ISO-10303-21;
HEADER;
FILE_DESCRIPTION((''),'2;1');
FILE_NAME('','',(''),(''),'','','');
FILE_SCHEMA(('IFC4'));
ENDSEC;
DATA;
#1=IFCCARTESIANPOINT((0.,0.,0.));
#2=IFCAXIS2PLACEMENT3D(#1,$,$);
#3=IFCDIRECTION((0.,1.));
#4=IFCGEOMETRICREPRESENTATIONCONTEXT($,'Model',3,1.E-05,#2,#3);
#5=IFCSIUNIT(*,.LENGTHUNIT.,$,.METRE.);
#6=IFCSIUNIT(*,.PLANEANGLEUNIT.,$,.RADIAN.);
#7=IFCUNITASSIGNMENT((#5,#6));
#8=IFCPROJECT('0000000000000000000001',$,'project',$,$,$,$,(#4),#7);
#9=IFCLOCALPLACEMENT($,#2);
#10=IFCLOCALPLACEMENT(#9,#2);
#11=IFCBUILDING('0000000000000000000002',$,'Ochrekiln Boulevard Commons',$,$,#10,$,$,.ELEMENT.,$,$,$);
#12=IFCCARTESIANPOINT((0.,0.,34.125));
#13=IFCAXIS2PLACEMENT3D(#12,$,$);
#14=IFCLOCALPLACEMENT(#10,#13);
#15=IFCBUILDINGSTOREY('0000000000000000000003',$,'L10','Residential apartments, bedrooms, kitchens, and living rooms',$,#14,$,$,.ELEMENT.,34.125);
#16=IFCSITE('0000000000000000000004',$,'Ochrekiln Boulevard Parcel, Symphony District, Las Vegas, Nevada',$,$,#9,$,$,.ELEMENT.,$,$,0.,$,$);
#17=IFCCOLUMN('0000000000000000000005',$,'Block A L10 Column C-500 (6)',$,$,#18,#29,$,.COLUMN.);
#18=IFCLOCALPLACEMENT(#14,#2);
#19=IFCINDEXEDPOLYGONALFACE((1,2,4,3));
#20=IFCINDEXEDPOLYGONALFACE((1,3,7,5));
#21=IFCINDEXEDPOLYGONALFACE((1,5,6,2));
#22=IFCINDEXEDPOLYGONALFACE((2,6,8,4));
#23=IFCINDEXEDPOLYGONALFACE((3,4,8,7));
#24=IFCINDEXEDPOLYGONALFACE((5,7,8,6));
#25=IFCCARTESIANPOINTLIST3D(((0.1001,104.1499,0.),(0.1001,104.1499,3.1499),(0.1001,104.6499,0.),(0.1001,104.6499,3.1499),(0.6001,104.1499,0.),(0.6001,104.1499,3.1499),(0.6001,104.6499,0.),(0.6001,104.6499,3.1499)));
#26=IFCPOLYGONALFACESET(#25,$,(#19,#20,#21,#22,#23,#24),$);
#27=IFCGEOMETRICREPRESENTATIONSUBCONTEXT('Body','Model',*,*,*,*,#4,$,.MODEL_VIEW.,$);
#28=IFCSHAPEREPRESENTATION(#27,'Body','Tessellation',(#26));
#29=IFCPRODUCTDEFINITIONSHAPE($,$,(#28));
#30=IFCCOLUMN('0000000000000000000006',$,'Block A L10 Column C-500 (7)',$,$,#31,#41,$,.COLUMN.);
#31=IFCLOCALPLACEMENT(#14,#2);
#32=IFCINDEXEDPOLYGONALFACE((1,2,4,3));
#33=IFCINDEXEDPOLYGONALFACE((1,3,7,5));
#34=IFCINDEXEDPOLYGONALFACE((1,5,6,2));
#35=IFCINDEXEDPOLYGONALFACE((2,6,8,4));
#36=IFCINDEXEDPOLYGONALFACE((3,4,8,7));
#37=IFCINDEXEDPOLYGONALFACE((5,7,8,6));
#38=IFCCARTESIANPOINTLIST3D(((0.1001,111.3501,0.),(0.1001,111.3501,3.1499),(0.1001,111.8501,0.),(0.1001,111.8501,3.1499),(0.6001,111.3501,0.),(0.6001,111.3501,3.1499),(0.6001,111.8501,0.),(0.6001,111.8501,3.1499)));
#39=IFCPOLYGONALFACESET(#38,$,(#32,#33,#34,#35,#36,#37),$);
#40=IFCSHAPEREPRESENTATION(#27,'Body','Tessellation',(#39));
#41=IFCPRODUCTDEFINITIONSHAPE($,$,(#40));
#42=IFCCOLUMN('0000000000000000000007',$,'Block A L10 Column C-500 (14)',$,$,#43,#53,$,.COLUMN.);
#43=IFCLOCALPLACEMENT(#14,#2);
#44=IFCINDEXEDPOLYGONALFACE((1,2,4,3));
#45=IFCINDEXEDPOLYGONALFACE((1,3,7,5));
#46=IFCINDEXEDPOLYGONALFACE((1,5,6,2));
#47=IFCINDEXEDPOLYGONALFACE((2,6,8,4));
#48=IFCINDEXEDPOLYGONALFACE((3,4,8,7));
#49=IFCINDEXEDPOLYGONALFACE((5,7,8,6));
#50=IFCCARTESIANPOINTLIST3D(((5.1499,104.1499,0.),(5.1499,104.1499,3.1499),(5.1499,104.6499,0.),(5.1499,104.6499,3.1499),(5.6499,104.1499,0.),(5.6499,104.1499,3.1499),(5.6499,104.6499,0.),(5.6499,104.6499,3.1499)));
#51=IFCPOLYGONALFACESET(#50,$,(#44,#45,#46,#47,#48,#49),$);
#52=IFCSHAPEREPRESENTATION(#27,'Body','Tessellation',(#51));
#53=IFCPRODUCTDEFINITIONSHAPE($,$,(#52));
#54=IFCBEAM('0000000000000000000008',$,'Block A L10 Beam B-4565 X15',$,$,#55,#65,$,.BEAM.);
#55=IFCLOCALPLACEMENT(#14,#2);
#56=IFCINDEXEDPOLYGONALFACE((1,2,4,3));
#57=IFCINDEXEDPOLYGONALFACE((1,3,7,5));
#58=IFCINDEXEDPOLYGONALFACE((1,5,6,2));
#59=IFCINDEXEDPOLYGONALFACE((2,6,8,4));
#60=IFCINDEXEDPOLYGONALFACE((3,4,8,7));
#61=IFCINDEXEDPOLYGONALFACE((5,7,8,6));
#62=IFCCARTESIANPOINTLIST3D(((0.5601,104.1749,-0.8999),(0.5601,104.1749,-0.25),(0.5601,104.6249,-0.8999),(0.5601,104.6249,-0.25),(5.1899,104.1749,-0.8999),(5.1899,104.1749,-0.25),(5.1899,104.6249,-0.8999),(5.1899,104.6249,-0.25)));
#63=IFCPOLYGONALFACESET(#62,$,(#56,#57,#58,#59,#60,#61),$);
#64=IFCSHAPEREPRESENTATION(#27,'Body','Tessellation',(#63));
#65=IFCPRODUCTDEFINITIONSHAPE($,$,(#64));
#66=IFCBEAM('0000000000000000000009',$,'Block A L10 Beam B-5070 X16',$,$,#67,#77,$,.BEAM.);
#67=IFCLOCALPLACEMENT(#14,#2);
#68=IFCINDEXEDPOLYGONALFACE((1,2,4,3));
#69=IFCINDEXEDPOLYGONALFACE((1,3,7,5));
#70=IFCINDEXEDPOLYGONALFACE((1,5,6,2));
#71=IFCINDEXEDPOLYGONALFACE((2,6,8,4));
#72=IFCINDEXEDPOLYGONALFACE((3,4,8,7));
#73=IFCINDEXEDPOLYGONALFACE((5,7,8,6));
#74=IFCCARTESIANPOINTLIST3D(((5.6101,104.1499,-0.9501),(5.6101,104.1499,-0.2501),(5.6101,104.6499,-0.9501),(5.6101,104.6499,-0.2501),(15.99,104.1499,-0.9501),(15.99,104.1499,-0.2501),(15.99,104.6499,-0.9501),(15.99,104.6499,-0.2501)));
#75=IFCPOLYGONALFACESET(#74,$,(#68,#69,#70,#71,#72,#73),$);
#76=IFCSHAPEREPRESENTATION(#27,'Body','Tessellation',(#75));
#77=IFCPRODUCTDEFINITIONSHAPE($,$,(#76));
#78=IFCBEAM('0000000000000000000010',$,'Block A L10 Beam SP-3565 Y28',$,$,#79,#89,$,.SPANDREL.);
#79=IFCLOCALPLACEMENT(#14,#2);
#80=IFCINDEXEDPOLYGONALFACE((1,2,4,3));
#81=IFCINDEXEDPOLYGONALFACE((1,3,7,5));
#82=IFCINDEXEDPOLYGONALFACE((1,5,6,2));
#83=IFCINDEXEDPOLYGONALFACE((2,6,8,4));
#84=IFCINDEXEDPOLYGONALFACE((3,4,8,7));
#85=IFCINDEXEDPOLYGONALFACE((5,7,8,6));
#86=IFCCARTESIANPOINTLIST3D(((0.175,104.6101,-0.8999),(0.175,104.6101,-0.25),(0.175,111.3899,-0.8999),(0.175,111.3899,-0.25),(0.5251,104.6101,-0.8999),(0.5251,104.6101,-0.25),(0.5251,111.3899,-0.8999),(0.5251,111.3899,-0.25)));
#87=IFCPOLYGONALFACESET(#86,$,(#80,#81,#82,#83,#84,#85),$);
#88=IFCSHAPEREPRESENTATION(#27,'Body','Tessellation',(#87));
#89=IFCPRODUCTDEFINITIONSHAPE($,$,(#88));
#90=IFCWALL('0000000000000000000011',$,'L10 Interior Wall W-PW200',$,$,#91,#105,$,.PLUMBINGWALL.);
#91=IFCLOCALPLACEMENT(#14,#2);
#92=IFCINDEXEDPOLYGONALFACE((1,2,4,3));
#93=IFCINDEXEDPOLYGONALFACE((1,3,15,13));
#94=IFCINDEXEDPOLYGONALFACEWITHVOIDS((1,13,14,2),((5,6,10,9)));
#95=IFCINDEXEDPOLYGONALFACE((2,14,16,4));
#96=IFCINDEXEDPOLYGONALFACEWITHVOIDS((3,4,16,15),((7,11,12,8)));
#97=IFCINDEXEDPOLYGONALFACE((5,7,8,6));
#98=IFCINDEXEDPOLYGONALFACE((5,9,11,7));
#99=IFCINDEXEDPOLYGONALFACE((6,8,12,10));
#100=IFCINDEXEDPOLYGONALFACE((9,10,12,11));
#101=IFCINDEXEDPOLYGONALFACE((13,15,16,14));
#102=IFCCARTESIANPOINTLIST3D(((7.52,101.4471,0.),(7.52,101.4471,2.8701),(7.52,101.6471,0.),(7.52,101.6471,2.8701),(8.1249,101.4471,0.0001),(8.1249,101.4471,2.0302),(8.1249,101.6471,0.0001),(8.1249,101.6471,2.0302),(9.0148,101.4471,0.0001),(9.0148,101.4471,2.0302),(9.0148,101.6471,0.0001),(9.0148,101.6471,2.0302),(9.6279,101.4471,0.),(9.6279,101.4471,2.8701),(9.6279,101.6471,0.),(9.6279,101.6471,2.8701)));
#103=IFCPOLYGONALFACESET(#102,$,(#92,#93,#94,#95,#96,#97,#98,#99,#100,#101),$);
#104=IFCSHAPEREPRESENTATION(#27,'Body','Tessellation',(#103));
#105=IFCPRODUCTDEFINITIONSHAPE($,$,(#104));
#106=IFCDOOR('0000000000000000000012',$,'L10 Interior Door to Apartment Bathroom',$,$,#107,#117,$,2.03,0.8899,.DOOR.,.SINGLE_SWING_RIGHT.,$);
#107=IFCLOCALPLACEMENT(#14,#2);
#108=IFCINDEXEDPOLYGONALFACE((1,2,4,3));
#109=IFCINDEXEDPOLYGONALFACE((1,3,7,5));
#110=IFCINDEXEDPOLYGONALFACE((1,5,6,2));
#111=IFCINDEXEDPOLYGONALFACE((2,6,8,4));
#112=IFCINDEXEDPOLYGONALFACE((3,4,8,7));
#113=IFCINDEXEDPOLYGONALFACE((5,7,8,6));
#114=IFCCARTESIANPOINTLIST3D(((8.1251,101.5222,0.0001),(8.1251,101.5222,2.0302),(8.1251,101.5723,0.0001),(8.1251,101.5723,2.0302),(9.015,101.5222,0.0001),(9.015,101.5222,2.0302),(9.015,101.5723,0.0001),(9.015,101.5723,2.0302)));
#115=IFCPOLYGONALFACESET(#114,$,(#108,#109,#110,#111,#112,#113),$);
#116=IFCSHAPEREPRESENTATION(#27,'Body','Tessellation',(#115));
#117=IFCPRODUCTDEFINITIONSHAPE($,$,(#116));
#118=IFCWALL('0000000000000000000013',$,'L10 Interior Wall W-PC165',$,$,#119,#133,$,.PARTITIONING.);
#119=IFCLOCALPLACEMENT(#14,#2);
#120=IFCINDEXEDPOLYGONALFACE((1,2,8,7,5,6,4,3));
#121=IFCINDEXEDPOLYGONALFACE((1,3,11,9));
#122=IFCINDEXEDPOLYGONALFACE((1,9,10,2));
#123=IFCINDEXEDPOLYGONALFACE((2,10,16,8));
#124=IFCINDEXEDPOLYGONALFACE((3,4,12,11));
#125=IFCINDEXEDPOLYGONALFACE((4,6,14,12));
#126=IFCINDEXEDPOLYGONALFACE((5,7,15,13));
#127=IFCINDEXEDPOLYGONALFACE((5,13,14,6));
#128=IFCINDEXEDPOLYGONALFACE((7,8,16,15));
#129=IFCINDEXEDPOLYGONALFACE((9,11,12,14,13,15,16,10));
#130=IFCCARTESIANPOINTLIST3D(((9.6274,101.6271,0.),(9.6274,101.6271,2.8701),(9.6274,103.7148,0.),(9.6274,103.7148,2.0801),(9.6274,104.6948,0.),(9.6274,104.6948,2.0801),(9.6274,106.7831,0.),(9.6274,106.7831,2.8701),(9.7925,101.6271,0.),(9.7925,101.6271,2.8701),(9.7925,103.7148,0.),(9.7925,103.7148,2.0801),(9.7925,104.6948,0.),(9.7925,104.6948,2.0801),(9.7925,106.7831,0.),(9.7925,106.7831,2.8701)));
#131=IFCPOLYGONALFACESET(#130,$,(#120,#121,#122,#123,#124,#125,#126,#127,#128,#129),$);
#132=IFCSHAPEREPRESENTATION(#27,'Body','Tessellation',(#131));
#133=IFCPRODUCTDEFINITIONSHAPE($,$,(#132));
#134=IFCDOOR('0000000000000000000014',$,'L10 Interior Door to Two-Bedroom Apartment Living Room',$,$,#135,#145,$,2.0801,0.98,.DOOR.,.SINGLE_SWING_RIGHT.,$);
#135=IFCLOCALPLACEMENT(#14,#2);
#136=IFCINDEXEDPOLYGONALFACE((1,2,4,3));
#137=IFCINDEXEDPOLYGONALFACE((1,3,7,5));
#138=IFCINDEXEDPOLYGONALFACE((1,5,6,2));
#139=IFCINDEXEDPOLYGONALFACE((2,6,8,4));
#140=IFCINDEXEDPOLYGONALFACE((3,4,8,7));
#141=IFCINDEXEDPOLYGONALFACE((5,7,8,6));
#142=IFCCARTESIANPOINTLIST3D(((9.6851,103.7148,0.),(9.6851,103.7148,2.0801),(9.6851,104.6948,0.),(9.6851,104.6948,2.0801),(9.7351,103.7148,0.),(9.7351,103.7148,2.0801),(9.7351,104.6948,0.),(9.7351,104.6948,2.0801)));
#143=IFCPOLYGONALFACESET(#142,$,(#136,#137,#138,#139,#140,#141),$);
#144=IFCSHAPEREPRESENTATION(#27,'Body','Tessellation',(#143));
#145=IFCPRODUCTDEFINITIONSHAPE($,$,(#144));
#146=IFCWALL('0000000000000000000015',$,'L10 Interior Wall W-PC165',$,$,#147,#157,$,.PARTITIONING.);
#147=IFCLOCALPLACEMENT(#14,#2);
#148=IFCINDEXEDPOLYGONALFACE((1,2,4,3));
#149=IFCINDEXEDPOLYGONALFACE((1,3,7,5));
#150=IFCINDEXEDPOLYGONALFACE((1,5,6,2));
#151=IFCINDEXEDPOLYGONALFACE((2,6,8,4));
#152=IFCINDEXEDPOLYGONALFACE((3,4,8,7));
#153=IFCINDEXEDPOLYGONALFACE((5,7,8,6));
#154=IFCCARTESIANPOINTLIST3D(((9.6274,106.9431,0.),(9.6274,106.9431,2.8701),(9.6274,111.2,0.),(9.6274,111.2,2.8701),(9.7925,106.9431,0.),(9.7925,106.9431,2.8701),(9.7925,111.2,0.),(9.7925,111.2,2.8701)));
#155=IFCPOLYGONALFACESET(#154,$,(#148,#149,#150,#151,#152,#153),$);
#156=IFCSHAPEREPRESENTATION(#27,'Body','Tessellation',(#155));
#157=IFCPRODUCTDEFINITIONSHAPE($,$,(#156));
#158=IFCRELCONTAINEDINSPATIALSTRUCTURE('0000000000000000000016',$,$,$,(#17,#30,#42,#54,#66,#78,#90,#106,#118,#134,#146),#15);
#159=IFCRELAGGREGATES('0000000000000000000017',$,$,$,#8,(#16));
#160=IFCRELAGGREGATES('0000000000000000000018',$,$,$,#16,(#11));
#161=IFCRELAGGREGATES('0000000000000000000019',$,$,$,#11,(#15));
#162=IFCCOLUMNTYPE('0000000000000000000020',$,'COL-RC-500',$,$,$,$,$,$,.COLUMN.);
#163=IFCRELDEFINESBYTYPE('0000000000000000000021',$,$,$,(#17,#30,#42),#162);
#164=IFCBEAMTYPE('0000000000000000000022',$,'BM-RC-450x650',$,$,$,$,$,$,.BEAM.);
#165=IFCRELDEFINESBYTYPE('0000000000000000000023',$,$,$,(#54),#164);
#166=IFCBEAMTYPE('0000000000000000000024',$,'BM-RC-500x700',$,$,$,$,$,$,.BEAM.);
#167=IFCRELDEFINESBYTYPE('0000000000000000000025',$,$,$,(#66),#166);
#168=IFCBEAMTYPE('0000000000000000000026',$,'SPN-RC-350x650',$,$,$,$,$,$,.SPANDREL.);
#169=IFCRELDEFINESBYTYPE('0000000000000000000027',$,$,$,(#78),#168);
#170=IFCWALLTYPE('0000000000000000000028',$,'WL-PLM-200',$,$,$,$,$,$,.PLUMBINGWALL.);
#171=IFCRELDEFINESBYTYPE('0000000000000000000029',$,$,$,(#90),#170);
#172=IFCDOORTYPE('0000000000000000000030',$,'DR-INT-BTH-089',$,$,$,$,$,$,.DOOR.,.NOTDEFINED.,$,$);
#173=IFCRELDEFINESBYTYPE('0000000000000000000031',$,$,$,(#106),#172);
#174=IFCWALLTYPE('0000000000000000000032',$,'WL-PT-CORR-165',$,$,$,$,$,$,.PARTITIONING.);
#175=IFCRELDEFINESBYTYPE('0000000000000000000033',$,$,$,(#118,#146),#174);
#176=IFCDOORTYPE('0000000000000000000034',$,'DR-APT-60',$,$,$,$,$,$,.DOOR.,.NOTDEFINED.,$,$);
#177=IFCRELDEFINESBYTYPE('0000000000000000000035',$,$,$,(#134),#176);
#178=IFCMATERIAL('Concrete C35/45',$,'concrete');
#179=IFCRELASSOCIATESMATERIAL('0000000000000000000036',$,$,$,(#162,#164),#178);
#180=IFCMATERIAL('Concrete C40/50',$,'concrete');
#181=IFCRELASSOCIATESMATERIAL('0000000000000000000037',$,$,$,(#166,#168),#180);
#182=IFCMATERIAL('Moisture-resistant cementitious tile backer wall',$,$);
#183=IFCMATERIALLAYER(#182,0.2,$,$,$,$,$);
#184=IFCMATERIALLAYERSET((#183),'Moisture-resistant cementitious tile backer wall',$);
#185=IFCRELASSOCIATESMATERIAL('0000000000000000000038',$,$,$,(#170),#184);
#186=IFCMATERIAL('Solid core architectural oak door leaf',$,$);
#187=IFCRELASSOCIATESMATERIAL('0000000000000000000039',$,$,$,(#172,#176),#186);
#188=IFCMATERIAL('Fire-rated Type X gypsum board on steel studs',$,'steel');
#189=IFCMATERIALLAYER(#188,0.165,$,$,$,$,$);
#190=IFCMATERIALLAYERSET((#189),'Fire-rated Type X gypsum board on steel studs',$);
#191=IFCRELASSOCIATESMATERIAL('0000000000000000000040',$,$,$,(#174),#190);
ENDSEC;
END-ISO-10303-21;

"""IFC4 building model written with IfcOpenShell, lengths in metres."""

from ifc_helpers import new_model, si_unit, direction, frame, frame_2d, origin, origin_2d, place, context, subcontext, project, spatial, rectangle, extrude, material, layer, layer_set, material_profile, profile_set, type_object, element, fill, save


model = new_model("IFC4")

# Units and contexts
model_context = context("Model", 3, precision=1e-05, world=origin(), true_north=direction((0.0, 1.0)))
body_context = subcontext(model_context, "Body", "Model", "MODEL_VIEW")
ifc_project = project(units=[si_unit("LENGTHUNIT", "METRE"), si_unit("PLANEANGLEUNIT", "RADIAN")], contexts=[model_context])

# Site, building, storey
site_placement = place(None, origin())
site = spatial("IfcSite", under=ifc_project, at=site_placement, Name="Ochrekiln Boulevard Parcel, Symphony District, Las Vegas, Nevada", CompositionType="ELEMENT", RefElevation=0.0)
building_placement = place(site_placement, origin())
building = spatial("IfcBuilding", under=site, at=building_placement, Name="Ochrekiln Boulevard Commons", CompositionType="ELEMENT")
storey_placement = place(building_placement, frame((0.0, 0.0, 34.125)))
storey = spatial("IfcBuildingStorey", under=building, at=storey_placement, Name="L10", Description="Residential apartments, bedrooms, kitchens, and living rooms", CompositionType="ELEMENT", Elevation=34.125)

# Columns
ifc_material_1 = material(Name="Concrete C35/45", Category="concrete")
ifc_material_profile_1 = material_profile(ifc_material_1, rectangle(XDim=0.5, YDim=0.5, at=origin_2d()), Name="RC-COL-500x500")
ifc_profile_set_1 = profile_set([ifc_material_profile_1], Name="Concrete C35/45")
column_type = type_object("IfcColumnType", Name="COL-RC-500", PredefinedType="COLUMN", material=ifc_profile_set_1)
for number, where, z_axis, x_axis, name in (
    (1, (0.3501, 104.3999, 0.0), (0.0, 0.0, 1.0), (1.0, 0.0, 0.0), "Block A L10 Column C-500 (6)"),
    (2, (0.3501, 111.6001, 0.0), (0.0, 0.0, 1.0), (1.0, 0.0, 0.0), "Block A L10 Column C-500 (7)"),
    (3, (5.3999, 104.3999, 0.0), (0.0, 0.0, 1.0), (1.0, 0.0, 0.0), "Block A L10 Column C-500 (14)"),
):
    element("IfcColumn", number, at=place(storey_placement, frame(where, z_axis=z_axis, x_axis=x_axis)), inside=storey, type_object=column_type, Name=name, PredefinedType="COLUMN", context=body_context, shape_type="SweptSolid", body=[
        extrude(rectangle(XDim=0.5, YDim=0.5, at=origin_2d()), origin(), (0.0, 0.0, 1.0), 3.1499),
    ])

# Beams
ifc_material_profile_2 = material_profile(ifc_material_1, rectangle(XDim=0.45, YDim=0.6499, at=origin_2d()), Name="RC-BM-450x650")
ifc_profile_set_2 = profile_set([ifc_material_profile_2], Name="Concrete C35/45")
beam_type_1 = type_object("IfcBeamType", Name="BM-RC-450x650", PredefinedType="BEAM", material=ifc_profile_set_2)
beam_1_placement = place(storey_placement, frame((0.5601, 104.3999, -0.575), z_axis=(1.0, 0.0, 0.0), x_axis=(0.0, 1.0, 0.0)))
element("IfcBeam", 4, at=beam_1_placement, inside=storey, type_object=beam_type_1, Name="Block A L10 Beam B-4565 X15", PredefinedType="BEAM", context=body_context, shape_type="SweptSolid", body=[
    extrude(rectangle(XDim=0.45, YDim=0.6499, at=origin_2d()), origin(), (0.0, 0.0, 1.0), 4.6299),
])
ifc_material_2 = material(Name="Concrete C40/50", Category="concrete")
ifc_material_profile_3 = material_profile(ifc_material_2, rectangle(XDim=0.5, YDim=0.7, at=origin_2d()), Name="RC-BM-500x700")
ifc_profile_set_3 = profile_set([ifc_material_profile_3], Name="Concrete C40/50")
beam_type_2 = type_object("IfcBeamType", Name="BM-RC-500x700", PredefinedType="BEAM", material=ifc_profile_set_3)
beam_2_placement = place(storey_placement, frame((5.6101, 104.3999, -0.6001), z_axis=(1.0, 0.0, 0.0), x_axis=(0.0, 1.0, 0.0)))
element("IfcBeam", 5, at=beam_2_placement, inside=storey, type_object=beam_type_2, Name="Block A L10 Beam B-5070 X16", PredefinedType="BEAM", context=body_context, shape_type="SweptSolid", body=[
    extrude(rectangle(XDim=0.5, YDim=0.7, at=origin_2d()), origin(), (0.0, 0.0, 1.0), 10.3799),
])
ifc_material_profile_4 = material_profile(ifc_material_2, rectangle(XDim=0.3501, YDim=0.6499, at=origin_2d()), Name="RC-SPN-350x650")
ifc_profile_set_4 = profile_set([ifc_material_profile_4], Name="Concrete C40/50")
beam_type_3 = type_object("IfcBeamType", Name="SPN-RC-350x650", PredefinedType="SPANDREL", material=ifc_profile_set_4)
beam_3_placement = place(storey_placement, frame((0.3501, 104.6101, -0.575), z_axis=(0.0, 1.0, 0.0), x_axis=(-1.0, 0.0, 0.0)))
element("IfcBeam", 6, at=beam_3_placement, inside=storey, type_object=beam_type_3, Name="Block A L10 Beam SP-3565 Y28", PredefinedType="SPANDREL", context=body_context, shape_type="SweptSolid", body=[
    extrude(rectangle(XDim=0.3501, YDim=0.6499, at=origin_2d()), origin(), (0.0, 0.0, 1.0), 6.7798),
])

# Walls, openings, doors
ifc_material_3 = material(Name="Moisture-resistant cementitious tile backer wall")
ifc_layer_1 = layer(ifc_material_3, 0.2)
ifc_layer_set_1 = layer_set([ifc_layer_1], Name="Moisture-resistant cementitious tile backer wall")
wall_type_1 = type_object("IfcWallType", Name="WL-PLM-200", PredefinedType="PLUMBINGWALL", material=ifc_layer_set_1)
wall_1_placement = place(storey_placement, frame((7.52, 101.5471, 0.0), z_axis=(0.0, 0.0, 1.0), x_axis=(1.0, 0.0, 0.0)))
wall_1 = element("IfcWall", 7, at=wall_1_placement, inside=storey, type_object=wall_type_1, Name="L10 Interior Wall W-PW200", PredefinedType="PLUMBINGWALL", context=body_context, shape_type="SweptSolid", body=[
    extrude(rectangle(XDim=2.1079, YDim=0.2, at=frame_2d((1.054, 0.0))), origin(), (0.0, 0.0, 1.0), 2.8701),
])
opening_1_placement = place(wall_1_placement, frame((0.605, 0.0, 0.0)))
opening_1 = element("IfcOpeningElement", 8, at=opening_1_placement, cuts=wall_1, PredefinedType="OPENING", context=body_context, shape_type="SweptSolid", body=[
    extrude(rectangle(XDim=0.8899, YDim=2.03, at=frame_2d((0.4448, 1.0151))), frame((0.0, 0.1099, 0.0), z_axis=(0.0, -1.0, 0.0), x_axis=(1.0, 0.0, 0.0)), (0.0, 0.0, 1.0), 0.22),
])
ifc_material_4 = material(Name="Solid core architectural oak door leaf")
door_type_1 = type_object("IfcDoorType", Name="DR-INT-BTH-089", OperationType="NOTDEFINED", PredefinedType="DOOR", material=ifc_material_4)
door_1_placement = place(opening_1_placement, frame((0.8899, 0.0, 0.0), z_axis=(0.0, 0.0, 1.0), x_axis=(-1.0, 0.0, 0.0)))
door_1 = element("IfcDoor", 9, at=door_1_placement, inside=storey, type_object=door_type_1, Name="L10 Interior Door to Apartment Bathroom", OperationType="SINGLE_SWING_RIGHT", OverallHeight=2.03, OverallWidth=0.8899, PredefinedType="DOOR", context=body_context, shape_type="SweptSolid", body=[
    extrude(rectangle(XDim=0.8899, YDim=2.03, at=frame_2d((0.4448, 1.0151))), frame((0.0, 0.0249, 0.0), z_axis=(0.0, -1.0, 0.0), x_axis=(1.0, 0.0, 0.0)), (0.0, 0.0, 1.0), 0.05),
])
fill(opening_1, door_1)
ifc_material_5 = material(Name="Fire-rated Type X gypsum board on steel studs", Category="steel")
ifc_layer_2 = layer(ifc_material_5, 0.165)
ifc_layer_set_2 = layer_set([ifc_layer_2], Name="Fire-rated Type X gypsum board on steel studs")
wall_type_2 = type_object("IfcWallType", Name="WL-PT-CORR-165", PredefinedType="PARTITIONING", material=ifc_layer_set_2)
wall_2_placement = place(storey_placement, frame((9.71, 101.627, 0.0), z_axis=(0.0, 0.0, 1.0), x_axis=(0.0, 1.0, 0.0)))
wall_2 = element("IfcWall", 10, at=wall_2_placement, inside=storey, type_object=wall_type_2, Name="L10 Interior Wall W-PC165", PredefinedType="PARTITIONING", context=body_context, shape_type="SweptSolid", body=[
    extrude(rectangle(XDim=5.156, YDim=0.165, at=frame_2d((2.5781, 0.0))), origin(), (0.0, 0.0, 1.0), 2.8701),
])
opening_2_placement = place(wall_2_placement, frame((2.0879, 0.0, 0.0)))
opening_2 = element("IfcOpeningElement", 11, at=opening_2_placement, cuts=wall_2, PredefinedType="OPENING", context=body_context, shape_type="SweptSolid", body=[
    extrude(rectangle(XDim=0.98, YDim=2.0801, at=frame_2d((0.49, 1.04))), frame((0.0, 0.0925, 0.0), z_axis=(0.0, -1.0, 0.0), x_axis=(1.0, 0.0, 0.0)), (0.0, 0.0, 1.0), 0.1851),
])
door_type_2 = type_object("IfcDoorType", Name="DR-APT-60", OperationType="NOTDEFINED", PredefinedType="DOOR", material=ifc_material_4)
door_2_placement = place(opening_2_placement, origin())
door_2 = element("IfcDoor", 12, at=door_2_placement, inside=storey, type_object=door_type_2, Name="L10 Interior Door to Two-Bedroom Apartment Living Room", OperationType="SINGLE_SWING_RIGHT", OverallHeight=2.0801, OverallWidth=0.98, PredefinedType="DOOR", context=body_context, shape_type="SweptSolid", body=[
    extrude(rectangle(XDim=0.98, YDim=2.0801, at=frame_2d((0.49, 1.04))), frame((0.0, 0.0249, 0.0), z_axis=(0.0, -1.0, 0.0), x_axis=(1.0, 0.0, 0.0)), (0.0, 0.0, 1.0), 0.05),
])
fill(opening_2, door_2)

# Wall
wall_3_placement = place(storey_placement, frame((9.71, 106.9431, 0.0), z_axis=(0.0, 0.0, 1.0), x_axis=(0.0, 1.0, 0.0)))
element("IfcWall", 13, at=wall_3_placement, inside=storey, type_object=wall_type_2, Name="L10 Interior Wall W-PC165", PredefinedType="PARTITIONING", context=body_context, shape_type="SweptSolid", body=[
    extrude(rectangle(XDim=4.2568, YDim=0.165, at=frame_2d((2.1284, 0.0))), origin(), (0.0, 0.0, 1.0), 2.8701),
])

save(model, "model.ifc")
